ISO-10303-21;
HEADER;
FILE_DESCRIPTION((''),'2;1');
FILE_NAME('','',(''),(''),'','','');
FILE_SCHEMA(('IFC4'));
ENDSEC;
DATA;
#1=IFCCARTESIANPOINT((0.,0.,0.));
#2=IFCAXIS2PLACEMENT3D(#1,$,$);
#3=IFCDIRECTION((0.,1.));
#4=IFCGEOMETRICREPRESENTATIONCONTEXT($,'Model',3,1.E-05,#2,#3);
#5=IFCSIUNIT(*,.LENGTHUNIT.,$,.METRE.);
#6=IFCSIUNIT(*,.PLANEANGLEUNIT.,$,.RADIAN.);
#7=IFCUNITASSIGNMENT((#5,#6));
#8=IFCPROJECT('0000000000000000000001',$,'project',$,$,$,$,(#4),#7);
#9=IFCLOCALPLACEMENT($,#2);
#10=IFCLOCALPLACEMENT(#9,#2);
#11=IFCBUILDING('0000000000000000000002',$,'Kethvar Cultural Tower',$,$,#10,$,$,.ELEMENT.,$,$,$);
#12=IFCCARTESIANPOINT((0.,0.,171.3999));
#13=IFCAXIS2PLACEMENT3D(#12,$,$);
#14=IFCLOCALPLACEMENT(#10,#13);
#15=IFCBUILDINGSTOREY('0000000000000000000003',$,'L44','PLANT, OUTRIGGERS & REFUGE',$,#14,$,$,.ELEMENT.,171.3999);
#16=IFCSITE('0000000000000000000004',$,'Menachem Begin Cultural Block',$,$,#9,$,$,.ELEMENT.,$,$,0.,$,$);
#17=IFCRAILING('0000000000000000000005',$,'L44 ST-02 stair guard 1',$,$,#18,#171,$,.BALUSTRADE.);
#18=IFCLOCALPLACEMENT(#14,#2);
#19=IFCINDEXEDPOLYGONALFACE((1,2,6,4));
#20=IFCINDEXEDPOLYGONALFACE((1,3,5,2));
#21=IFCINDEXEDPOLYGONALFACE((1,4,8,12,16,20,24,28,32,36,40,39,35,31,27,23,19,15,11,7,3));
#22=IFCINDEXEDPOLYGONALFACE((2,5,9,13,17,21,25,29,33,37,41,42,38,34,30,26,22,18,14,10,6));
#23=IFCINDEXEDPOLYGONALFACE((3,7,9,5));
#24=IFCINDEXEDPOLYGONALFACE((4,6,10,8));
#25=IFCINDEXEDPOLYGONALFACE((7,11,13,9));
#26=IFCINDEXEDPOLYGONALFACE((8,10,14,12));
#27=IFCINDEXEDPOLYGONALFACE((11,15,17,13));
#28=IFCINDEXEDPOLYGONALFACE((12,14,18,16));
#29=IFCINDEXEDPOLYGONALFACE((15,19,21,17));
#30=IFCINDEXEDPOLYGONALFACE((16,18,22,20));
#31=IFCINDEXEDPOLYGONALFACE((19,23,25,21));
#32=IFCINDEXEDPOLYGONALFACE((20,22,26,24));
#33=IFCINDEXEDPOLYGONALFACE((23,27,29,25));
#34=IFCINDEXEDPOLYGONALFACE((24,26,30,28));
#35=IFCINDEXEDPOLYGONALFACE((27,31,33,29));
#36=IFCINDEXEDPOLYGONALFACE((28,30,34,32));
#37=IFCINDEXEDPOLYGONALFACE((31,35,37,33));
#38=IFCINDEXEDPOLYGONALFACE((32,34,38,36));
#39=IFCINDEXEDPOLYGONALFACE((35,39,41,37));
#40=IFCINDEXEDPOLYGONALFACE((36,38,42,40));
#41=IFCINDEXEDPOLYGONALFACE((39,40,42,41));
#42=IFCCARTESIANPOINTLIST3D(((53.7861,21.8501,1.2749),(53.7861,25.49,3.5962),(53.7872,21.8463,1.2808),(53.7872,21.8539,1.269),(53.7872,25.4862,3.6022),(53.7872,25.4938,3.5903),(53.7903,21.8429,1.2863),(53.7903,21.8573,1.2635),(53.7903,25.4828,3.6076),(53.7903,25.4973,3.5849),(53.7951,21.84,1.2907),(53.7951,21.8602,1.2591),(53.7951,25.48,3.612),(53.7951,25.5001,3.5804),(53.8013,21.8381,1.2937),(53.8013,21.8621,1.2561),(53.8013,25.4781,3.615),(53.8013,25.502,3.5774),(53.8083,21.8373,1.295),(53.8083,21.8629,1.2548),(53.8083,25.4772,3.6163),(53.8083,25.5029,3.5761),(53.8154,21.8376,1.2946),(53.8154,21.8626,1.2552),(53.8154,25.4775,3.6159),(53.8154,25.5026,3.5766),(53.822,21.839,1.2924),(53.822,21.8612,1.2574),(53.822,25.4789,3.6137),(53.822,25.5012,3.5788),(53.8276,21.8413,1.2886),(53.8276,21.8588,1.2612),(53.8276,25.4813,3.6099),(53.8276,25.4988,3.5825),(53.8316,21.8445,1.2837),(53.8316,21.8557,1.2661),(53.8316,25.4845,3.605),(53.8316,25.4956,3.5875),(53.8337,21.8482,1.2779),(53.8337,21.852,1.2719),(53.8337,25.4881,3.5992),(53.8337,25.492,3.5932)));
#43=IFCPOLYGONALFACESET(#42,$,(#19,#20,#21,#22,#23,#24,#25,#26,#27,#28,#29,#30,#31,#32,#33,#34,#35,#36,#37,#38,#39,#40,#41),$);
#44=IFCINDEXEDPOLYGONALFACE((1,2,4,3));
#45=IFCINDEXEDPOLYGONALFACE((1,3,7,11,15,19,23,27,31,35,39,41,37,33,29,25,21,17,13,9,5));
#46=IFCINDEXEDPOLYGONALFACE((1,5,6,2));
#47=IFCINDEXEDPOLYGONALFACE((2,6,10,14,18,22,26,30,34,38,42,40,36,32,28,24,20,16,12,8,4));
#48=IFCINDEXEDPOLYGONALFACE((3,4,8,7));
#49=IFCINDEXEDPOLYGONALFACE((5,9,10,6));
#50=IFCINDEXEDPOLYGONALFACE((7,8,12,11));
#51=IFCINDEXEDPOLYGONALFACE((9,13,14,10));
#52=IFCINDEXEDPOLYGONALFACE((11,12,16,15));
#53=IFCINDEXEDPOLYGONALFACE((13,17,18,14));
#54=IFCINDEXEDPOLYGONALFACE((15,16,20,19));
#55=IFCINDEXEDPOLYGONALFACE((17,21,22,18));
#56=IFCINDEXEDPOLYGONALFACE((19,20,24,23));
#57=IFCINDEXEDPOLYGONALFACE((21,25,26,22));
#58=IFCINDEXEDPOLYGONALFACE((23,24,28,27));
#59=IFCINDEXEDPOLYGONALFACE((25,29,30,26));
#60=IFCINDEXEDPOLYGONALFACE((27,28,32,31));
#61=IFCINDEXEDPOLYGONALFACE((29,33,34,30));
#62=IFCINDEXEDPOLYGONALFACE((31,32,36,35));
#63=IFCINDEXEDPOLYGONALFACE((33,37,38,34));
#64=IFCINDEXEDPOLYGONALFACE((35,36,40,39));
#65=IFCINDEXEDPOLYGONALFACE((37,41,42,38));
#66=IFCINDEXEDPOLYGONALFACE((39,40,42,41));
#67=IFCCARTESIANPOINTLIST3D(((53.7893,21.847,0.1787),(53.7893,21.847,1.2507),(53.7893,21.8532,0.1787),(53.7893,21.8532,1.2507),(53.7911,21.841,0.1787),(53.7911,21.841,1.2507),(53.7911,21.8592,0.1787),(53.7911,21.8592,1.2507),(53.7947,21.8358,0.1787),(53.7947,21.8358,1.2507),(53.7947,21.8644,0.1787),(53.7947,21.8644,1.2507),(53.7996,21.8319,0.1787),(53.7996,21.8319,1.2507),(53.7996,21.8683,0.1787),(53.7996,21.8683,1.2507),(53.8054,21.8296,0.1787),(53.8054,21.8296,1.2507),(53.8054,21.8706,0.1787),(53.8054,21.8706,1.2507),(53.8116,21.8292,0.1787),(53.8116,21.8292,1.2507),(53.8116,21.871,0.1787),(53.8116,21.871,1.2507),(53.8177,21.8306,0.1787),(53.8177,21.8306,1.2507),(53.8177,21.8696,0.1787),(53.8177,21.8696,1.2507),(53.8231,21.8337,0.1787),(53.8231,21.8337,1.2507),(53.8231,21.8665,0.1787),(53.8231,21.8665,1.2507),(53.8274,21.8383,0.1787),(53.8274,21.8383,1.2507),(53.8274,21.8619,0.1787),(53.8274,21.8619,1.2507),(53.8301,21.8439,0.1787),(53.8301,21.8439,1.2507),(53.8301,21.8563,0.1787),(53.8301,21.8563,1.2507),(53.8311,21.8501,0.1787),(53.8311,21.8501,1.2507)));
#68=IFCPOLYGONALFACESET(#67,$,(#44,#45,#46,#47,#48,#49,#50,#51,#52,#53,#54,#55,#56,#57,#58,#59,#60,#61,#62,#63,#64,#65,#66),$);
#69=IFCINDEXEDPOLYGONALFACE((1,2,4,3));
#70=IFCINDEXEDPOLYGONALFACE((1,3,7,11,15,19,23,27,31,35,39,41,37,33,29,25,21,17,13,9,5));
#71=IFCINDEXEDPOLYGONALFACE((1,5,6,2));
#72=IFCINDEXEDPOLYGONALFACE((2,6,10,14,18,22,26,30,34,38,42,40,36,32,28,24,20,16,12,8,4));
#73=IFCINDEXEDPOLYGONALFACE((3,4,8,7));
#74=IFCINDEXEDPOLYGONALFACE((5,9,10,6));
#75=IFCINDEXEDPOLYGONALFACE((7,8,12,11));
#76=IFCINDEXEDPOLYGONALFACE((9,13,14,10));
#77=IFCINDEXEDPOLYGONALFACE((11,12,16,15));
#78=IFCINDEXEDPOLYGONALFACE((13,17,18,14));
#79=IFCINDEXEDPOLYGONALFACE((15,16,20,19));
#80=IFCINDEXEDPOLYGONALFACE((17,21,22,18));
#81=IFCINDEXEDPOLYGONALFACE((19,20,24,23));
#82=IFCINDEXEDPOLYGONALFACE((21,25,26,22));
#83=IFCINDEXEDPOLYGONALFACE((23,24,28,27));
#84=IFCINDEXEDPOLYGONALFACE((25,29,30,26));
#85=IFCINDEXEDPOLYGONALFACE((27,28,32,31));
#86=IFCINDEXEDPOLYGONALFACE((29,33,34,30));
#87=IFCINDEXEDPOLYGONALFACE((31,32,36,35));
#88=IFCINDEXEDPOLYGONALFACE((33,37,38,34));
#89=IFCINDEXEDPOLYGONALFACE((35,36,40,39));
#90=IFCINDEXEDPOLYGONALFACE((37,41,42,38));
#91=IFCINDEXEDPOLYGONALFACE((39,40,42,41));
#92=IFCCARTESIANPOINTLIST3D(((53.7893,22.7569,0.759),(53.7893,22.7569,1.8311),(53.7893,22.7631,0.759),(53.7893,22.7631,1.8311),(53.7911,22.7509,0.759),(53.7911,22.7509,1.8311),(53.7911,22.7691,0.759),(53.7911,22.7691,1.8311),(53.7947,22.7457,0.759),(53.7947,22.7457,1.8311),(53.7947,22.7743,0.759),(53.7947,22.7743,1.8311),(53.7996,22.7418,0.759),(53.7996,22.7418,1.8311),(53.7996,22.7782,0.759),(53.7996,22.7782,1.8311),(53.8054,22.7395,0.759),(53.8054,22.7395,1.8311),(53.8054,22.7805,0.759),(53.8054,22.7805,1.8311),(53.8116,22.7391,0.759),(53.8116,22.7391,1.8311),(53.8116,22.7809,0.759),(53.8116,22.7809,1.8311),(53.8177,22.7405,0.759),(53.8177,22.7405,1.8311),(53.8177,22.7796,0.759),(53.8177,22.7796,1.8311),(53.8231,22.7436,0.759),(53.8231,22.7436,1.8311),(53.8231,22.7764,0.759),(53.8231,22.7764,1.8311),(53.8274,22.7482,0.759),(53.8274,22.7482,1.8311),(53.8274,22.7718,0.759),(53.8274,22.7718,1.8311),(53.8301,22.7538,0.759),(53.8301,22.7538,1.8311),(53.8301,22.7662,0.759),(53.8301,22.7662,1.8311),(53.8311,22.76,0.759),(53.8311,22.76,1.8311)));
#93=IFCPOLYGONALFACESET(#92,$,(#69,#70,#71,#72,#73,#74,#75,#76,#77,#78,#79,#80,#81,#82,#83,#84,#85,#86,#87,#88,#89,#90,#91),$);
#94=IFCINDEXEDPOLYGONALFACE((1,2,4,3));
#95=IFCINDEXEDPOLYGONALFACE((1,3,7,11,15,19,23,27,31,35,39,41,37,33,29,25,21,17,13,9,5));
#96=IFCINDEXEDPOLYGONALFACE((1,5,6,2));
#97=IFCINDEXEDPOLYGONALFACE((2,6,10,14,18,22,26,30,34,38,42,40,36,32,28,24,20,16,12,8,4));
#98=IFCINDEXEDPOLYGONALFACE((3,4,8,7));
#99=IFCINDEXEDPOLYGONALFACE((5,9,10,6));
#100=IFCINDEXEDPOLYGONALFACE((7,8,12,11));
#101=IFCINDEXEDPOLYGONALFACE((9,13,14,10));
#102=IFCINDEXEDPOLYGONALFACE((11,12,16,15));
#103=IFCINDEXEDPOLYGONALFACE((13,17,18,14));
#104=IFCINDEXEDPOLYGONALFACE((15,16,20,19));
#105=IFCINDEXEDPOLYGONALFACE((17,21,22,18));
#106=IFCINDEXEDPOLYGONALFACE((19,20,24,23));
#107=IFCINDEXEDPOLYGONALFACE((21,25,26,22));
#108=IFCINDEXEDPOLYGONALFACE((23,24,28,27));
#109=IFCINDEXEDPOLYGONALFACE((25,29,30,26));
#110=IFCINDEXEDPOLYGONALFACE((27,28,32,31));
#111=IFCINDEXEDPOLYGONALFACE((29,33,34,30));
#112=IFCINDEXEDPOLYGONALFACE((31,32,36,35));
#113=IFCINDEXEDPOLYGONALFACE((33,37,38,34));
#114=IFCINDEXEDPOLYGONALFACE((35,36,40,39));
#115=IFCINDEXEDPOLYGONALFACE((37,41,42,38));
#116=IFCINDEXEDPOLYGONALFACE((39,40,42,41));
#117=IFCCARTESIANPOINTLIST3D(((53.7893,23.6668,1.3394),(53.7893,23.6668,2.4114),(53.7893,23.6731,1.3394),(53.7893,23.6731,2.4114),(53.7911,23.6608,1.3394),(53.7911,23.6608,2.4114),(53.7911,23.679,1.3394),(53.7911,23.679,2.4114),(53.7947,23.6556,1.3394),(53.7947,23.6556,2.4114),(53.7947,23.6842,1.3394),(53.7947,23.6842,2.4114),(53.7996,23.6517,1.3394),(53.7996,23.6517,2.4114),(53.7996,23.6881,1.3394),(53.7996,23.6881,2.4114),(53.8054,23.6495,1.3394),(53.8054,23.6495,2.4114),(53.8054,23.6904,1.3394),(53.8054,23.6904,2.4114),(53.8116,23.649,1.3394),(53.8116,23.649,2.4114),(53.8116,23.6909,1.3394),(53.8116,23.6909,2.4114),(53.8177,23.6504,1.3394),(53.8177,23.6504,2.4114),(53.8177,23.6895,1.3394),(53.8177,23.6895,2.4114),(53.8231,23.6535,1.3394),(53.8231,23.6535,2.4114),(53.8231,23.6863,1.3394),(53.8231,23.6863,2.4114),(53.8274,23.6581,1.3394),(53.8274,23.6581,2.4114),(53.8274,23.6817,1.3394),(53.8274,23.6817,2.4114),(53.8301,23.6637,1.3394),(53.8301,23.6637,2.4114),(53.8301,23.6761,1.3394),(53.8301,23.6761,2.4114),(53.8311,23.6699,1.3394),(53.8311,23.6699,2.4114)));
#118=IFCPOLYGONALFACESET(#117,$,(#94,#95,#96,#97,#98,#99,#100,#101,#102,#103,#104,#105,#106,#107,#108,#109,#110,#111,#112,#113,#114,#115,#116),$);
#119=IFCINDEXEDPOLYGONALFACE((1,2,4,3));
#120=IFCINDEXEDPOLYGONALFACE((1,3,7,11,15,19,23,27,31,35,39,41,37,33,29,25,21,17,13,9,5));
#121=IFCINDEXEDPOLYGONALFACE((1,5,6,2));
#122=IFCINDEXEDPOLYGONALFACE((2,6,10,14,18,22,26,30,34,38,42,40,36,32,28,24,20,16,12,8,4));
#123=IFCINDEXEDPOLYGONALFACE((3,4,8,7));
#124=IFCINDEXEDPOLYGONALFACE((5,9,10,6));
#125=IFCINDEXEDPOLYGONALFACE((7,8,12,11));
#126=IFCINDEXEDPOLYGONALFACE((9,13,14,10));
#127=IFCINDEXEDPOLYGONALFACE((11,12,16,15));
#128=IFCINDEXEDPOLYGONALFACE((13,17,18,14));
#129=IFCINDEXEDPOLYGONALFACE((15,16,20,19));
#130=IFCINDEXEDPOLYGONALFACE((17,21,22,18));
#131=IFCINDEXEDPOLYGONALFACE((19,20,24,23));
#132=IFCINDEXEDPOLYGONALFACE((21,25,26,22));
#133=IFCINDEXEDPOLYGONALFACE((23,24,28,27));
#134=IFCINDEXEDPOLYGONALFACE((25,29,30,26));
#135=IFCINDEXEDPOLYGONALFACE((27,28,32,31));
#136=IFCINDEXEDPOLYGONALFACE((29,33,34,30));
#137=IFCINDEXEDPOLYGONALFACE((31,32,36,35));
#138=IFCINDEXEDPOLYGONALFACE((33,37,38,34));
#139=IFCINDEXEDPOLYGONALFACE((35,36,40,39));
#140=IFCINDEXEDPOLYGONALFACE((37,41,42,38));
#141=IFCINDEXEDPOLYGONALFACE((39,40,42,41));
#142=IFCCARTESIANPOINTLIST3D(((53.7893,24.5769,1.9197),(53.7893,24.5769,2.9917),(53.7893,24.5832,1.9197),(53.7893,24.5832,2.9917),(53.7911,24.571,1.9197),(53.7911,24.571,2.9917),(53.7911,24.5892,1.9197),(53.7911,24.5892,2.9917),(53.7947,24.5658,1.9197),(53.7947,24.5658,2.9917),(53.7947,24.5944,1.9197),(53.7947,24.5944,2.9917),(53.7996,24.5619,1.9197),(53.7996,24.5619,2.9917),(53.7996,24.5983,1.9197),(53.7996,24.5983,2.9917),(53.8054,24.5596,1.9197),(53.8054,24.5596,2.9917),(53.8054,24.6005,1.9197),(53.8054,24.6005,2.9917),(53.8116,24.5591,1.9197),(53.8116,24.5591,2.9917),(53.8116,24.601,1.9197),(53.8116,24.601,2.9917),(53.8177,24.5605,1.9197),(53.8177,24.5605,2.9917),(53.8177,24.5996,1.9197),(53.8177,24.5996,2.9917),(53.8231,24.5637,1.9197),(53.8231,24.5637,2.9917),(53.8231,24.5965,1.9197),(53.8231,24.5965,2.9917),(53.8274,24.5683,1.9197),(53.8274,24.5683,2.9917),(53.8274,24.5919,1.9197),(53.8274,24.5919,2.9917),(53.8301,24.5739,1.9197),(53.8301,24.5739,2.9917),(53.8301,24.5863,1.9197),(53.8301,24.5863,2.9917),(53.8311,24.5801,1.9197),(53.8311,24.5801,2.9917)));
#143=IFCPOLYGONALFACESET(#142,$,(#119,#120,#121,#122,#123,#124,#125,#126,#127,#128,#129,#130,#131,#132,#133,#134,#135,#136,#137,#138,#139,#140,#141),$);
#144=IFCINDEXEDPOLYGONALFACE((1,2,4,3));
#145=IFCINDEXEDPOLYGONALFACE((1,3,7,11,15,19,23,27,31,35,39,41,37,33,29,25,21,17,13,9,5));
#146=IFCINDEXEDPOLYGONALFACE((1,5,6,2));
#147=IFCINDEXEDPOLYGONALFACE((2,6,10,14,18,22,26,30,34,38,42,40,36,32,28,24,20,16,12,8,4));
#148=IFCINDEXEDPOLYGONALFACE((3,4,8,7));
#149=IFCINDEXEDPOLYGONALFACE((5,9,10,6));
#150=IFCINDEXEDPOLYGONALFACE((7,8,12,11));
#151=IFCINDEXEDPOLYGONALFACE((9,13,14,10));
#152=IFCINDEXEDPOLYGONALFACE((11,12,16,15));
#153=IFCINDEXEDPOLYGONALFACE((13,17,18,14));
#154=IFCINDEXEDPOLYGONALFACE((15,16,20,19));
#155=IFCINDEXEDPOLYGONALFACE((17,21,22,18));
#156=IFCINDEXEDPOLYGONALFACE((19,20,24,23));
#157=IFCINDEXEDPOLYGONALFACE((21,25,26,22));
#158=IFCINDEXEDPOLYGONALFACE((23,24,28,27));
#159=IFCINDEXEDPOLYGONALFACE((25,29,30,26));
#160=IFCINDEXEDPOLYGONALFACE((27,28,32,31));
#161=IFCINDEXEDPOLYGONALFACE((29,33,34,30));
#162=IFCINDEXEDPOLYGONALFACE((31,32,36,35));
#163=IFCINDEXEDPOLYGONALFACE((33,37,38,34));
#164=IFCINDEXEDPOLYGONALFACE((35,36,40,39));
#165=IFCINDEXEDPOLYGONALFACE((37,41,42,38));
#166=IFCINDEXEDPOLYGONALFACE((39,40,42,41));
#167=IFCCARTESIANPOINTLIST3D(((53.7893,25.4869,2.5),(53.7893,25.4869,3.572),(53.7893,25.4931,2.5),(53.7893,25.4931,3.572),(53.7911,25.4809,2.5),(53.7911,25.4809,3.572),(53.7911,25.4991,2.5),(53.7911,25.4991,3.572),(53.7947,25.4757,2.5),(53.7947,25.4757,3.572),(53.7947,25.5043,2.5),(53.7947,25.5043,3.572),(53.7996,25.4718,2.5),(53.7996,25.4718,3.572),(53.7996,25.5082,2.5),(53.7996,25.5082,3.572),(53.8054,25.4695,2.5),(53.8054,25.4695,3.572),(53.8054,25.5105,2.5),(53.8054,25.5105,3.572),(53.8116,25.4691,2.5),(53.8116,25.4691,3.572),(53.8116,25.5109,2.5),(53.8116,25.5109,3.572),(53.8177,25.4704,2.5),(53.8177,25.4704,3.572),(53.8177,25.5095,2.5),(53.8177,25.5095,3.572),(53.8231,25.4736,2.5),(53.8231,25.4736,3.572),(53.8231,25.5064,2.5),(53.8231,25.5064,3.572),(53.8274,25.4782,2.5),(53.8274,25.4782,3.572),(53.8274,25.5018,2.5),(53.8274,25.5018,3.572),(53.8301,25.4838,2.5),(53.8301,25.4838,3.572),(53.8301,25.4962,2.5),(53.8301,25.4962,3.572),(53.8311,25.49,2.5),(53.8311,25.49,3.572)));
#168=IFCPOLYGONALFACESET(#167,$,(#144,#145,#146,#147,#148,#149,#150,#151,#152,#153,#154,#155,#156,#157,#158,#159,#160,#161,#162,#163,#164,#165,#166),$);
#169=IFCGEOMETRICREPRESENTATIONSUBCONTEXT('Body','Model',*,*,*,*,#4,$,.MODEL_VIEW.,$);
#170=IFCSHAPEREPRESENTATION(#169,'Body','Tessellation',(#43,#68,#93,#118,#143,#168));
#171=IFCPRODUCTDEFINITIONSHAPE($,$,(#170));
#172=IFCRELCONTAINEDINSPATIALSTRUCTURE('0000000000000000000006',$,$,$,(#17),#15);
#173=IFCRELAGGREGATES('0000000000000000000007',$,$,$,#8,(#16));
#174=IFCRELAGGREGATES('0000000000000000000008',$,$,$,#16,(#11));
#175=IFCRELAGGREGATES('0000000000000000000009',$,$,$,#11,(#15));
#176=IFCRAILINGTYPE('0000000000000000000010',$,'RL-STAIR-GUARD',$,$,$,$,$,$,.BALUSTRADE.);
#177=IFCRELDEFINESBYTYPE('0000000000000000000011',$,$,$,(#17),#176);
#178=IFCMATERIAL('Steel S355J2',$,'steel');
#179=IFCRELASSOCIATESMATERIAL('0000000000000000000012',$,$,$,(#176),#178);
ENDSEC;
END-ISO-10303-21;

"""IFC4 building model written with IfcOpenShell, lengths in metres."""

from ifc_helpers import new_model, si_unit, direction, frame, origin, origin_2d, place, context, subcontext, project, spatial, circle, extrude, material, type_object, element, save


model = new_model("IFC4")

# Units and contexts
model_context = context("Model", 3, precision=1e-05, world=origin(), true_north=direction((0.0, 1.0)))
body_context = subcontext(model_context, "Body", "Model", "MODEL_VIEW")
ifc_project = project(units=[si_unit("LENGTHUNIT", "METRE"), si_unit("PLANEANGLEUNIT", "RADIAN")], contexts=[model_context])

# Site, building, storey
site_placement = place(None, origin())
site = spatial("IfcSite", under=ifc_project, at=site_placement, Name="Menachem Begin Cultural Block", CompositionType="ELEMENT", RefElevation=0.0)
building_placement = place(site_placement, origin())
building = spatial("IfcBuilding", under=site, at=building_placement, Name="Kethvar Cultural Tower", CompositionType="ELEMENT")
storey_placement = place(building_placement, frame((0.0, 0.0, 171.3999)))
storey = spatial("IfcBuildingStorey", under=building, at=storey_placement, Name="L44", Description="PLANT, OUTRIGGERS & REFUGE", CompositionType="ELEMENT", Elevation=171.3999)

# Shared definitions
ifc_material_1 = material(Name="Steel S355J2", Category="steel")

# Railing
railing_type_1 = type_object("IfcRailingType", Name="RL-STAIR-GUARD", PredefinedType="BALUSTRADE", material=ifc_material_1)
railing_1_placement = place(storey_placement, frame((53.8101, 21.8501, 0.1787)))
element("IfcRailing", 1, at=railing_1_placement, inside=storey, type_object=railing_type_1, Name="L44 ST-02 stair guard 1", PredefinedType="BALUSTRADE", context=body_context, shape_type="SweptSolid", body=[
    extrude(circle(Radius=0.0239, at=origin_2d()), frame((0.0, 0.0, 1.0962), z_axis=(0.0, 0.843137, 0.537699), x_axis=(-1.0, 0.0, 0.0)), (0.0, 0.0, 1.0), 4.3171),
    extrude(circle(Radius=0.021, at=origin_2d()), origin(), (0.0, 0.0, 1.0), 1.072),
    extrude(circle(Radius=0.021, at=origin_2d()), frame((0.0, 0.9099, 0.5803)), (0.0, 0.0, 1.0), 1.072),
    extrude(circle(Radius=0.021, at=origin_2d()), frame((0.0, 1.8198, 1.1606)), (0.0, 0.0, 1.0), 1.072),
    extrude(circle(Radius=0.021, at=origin_2d()), frame((0.0, 2.73, 1.741)), (0.0, 0.0, 1.0), 1.072),
    extrude(circle(Radius=0.021, at=origin_2d()), frame((0.0, 3.6399, 2.3213)), (0.0, 0.0, 1.0), 1.072),
])

save(model, "model.ifc")
